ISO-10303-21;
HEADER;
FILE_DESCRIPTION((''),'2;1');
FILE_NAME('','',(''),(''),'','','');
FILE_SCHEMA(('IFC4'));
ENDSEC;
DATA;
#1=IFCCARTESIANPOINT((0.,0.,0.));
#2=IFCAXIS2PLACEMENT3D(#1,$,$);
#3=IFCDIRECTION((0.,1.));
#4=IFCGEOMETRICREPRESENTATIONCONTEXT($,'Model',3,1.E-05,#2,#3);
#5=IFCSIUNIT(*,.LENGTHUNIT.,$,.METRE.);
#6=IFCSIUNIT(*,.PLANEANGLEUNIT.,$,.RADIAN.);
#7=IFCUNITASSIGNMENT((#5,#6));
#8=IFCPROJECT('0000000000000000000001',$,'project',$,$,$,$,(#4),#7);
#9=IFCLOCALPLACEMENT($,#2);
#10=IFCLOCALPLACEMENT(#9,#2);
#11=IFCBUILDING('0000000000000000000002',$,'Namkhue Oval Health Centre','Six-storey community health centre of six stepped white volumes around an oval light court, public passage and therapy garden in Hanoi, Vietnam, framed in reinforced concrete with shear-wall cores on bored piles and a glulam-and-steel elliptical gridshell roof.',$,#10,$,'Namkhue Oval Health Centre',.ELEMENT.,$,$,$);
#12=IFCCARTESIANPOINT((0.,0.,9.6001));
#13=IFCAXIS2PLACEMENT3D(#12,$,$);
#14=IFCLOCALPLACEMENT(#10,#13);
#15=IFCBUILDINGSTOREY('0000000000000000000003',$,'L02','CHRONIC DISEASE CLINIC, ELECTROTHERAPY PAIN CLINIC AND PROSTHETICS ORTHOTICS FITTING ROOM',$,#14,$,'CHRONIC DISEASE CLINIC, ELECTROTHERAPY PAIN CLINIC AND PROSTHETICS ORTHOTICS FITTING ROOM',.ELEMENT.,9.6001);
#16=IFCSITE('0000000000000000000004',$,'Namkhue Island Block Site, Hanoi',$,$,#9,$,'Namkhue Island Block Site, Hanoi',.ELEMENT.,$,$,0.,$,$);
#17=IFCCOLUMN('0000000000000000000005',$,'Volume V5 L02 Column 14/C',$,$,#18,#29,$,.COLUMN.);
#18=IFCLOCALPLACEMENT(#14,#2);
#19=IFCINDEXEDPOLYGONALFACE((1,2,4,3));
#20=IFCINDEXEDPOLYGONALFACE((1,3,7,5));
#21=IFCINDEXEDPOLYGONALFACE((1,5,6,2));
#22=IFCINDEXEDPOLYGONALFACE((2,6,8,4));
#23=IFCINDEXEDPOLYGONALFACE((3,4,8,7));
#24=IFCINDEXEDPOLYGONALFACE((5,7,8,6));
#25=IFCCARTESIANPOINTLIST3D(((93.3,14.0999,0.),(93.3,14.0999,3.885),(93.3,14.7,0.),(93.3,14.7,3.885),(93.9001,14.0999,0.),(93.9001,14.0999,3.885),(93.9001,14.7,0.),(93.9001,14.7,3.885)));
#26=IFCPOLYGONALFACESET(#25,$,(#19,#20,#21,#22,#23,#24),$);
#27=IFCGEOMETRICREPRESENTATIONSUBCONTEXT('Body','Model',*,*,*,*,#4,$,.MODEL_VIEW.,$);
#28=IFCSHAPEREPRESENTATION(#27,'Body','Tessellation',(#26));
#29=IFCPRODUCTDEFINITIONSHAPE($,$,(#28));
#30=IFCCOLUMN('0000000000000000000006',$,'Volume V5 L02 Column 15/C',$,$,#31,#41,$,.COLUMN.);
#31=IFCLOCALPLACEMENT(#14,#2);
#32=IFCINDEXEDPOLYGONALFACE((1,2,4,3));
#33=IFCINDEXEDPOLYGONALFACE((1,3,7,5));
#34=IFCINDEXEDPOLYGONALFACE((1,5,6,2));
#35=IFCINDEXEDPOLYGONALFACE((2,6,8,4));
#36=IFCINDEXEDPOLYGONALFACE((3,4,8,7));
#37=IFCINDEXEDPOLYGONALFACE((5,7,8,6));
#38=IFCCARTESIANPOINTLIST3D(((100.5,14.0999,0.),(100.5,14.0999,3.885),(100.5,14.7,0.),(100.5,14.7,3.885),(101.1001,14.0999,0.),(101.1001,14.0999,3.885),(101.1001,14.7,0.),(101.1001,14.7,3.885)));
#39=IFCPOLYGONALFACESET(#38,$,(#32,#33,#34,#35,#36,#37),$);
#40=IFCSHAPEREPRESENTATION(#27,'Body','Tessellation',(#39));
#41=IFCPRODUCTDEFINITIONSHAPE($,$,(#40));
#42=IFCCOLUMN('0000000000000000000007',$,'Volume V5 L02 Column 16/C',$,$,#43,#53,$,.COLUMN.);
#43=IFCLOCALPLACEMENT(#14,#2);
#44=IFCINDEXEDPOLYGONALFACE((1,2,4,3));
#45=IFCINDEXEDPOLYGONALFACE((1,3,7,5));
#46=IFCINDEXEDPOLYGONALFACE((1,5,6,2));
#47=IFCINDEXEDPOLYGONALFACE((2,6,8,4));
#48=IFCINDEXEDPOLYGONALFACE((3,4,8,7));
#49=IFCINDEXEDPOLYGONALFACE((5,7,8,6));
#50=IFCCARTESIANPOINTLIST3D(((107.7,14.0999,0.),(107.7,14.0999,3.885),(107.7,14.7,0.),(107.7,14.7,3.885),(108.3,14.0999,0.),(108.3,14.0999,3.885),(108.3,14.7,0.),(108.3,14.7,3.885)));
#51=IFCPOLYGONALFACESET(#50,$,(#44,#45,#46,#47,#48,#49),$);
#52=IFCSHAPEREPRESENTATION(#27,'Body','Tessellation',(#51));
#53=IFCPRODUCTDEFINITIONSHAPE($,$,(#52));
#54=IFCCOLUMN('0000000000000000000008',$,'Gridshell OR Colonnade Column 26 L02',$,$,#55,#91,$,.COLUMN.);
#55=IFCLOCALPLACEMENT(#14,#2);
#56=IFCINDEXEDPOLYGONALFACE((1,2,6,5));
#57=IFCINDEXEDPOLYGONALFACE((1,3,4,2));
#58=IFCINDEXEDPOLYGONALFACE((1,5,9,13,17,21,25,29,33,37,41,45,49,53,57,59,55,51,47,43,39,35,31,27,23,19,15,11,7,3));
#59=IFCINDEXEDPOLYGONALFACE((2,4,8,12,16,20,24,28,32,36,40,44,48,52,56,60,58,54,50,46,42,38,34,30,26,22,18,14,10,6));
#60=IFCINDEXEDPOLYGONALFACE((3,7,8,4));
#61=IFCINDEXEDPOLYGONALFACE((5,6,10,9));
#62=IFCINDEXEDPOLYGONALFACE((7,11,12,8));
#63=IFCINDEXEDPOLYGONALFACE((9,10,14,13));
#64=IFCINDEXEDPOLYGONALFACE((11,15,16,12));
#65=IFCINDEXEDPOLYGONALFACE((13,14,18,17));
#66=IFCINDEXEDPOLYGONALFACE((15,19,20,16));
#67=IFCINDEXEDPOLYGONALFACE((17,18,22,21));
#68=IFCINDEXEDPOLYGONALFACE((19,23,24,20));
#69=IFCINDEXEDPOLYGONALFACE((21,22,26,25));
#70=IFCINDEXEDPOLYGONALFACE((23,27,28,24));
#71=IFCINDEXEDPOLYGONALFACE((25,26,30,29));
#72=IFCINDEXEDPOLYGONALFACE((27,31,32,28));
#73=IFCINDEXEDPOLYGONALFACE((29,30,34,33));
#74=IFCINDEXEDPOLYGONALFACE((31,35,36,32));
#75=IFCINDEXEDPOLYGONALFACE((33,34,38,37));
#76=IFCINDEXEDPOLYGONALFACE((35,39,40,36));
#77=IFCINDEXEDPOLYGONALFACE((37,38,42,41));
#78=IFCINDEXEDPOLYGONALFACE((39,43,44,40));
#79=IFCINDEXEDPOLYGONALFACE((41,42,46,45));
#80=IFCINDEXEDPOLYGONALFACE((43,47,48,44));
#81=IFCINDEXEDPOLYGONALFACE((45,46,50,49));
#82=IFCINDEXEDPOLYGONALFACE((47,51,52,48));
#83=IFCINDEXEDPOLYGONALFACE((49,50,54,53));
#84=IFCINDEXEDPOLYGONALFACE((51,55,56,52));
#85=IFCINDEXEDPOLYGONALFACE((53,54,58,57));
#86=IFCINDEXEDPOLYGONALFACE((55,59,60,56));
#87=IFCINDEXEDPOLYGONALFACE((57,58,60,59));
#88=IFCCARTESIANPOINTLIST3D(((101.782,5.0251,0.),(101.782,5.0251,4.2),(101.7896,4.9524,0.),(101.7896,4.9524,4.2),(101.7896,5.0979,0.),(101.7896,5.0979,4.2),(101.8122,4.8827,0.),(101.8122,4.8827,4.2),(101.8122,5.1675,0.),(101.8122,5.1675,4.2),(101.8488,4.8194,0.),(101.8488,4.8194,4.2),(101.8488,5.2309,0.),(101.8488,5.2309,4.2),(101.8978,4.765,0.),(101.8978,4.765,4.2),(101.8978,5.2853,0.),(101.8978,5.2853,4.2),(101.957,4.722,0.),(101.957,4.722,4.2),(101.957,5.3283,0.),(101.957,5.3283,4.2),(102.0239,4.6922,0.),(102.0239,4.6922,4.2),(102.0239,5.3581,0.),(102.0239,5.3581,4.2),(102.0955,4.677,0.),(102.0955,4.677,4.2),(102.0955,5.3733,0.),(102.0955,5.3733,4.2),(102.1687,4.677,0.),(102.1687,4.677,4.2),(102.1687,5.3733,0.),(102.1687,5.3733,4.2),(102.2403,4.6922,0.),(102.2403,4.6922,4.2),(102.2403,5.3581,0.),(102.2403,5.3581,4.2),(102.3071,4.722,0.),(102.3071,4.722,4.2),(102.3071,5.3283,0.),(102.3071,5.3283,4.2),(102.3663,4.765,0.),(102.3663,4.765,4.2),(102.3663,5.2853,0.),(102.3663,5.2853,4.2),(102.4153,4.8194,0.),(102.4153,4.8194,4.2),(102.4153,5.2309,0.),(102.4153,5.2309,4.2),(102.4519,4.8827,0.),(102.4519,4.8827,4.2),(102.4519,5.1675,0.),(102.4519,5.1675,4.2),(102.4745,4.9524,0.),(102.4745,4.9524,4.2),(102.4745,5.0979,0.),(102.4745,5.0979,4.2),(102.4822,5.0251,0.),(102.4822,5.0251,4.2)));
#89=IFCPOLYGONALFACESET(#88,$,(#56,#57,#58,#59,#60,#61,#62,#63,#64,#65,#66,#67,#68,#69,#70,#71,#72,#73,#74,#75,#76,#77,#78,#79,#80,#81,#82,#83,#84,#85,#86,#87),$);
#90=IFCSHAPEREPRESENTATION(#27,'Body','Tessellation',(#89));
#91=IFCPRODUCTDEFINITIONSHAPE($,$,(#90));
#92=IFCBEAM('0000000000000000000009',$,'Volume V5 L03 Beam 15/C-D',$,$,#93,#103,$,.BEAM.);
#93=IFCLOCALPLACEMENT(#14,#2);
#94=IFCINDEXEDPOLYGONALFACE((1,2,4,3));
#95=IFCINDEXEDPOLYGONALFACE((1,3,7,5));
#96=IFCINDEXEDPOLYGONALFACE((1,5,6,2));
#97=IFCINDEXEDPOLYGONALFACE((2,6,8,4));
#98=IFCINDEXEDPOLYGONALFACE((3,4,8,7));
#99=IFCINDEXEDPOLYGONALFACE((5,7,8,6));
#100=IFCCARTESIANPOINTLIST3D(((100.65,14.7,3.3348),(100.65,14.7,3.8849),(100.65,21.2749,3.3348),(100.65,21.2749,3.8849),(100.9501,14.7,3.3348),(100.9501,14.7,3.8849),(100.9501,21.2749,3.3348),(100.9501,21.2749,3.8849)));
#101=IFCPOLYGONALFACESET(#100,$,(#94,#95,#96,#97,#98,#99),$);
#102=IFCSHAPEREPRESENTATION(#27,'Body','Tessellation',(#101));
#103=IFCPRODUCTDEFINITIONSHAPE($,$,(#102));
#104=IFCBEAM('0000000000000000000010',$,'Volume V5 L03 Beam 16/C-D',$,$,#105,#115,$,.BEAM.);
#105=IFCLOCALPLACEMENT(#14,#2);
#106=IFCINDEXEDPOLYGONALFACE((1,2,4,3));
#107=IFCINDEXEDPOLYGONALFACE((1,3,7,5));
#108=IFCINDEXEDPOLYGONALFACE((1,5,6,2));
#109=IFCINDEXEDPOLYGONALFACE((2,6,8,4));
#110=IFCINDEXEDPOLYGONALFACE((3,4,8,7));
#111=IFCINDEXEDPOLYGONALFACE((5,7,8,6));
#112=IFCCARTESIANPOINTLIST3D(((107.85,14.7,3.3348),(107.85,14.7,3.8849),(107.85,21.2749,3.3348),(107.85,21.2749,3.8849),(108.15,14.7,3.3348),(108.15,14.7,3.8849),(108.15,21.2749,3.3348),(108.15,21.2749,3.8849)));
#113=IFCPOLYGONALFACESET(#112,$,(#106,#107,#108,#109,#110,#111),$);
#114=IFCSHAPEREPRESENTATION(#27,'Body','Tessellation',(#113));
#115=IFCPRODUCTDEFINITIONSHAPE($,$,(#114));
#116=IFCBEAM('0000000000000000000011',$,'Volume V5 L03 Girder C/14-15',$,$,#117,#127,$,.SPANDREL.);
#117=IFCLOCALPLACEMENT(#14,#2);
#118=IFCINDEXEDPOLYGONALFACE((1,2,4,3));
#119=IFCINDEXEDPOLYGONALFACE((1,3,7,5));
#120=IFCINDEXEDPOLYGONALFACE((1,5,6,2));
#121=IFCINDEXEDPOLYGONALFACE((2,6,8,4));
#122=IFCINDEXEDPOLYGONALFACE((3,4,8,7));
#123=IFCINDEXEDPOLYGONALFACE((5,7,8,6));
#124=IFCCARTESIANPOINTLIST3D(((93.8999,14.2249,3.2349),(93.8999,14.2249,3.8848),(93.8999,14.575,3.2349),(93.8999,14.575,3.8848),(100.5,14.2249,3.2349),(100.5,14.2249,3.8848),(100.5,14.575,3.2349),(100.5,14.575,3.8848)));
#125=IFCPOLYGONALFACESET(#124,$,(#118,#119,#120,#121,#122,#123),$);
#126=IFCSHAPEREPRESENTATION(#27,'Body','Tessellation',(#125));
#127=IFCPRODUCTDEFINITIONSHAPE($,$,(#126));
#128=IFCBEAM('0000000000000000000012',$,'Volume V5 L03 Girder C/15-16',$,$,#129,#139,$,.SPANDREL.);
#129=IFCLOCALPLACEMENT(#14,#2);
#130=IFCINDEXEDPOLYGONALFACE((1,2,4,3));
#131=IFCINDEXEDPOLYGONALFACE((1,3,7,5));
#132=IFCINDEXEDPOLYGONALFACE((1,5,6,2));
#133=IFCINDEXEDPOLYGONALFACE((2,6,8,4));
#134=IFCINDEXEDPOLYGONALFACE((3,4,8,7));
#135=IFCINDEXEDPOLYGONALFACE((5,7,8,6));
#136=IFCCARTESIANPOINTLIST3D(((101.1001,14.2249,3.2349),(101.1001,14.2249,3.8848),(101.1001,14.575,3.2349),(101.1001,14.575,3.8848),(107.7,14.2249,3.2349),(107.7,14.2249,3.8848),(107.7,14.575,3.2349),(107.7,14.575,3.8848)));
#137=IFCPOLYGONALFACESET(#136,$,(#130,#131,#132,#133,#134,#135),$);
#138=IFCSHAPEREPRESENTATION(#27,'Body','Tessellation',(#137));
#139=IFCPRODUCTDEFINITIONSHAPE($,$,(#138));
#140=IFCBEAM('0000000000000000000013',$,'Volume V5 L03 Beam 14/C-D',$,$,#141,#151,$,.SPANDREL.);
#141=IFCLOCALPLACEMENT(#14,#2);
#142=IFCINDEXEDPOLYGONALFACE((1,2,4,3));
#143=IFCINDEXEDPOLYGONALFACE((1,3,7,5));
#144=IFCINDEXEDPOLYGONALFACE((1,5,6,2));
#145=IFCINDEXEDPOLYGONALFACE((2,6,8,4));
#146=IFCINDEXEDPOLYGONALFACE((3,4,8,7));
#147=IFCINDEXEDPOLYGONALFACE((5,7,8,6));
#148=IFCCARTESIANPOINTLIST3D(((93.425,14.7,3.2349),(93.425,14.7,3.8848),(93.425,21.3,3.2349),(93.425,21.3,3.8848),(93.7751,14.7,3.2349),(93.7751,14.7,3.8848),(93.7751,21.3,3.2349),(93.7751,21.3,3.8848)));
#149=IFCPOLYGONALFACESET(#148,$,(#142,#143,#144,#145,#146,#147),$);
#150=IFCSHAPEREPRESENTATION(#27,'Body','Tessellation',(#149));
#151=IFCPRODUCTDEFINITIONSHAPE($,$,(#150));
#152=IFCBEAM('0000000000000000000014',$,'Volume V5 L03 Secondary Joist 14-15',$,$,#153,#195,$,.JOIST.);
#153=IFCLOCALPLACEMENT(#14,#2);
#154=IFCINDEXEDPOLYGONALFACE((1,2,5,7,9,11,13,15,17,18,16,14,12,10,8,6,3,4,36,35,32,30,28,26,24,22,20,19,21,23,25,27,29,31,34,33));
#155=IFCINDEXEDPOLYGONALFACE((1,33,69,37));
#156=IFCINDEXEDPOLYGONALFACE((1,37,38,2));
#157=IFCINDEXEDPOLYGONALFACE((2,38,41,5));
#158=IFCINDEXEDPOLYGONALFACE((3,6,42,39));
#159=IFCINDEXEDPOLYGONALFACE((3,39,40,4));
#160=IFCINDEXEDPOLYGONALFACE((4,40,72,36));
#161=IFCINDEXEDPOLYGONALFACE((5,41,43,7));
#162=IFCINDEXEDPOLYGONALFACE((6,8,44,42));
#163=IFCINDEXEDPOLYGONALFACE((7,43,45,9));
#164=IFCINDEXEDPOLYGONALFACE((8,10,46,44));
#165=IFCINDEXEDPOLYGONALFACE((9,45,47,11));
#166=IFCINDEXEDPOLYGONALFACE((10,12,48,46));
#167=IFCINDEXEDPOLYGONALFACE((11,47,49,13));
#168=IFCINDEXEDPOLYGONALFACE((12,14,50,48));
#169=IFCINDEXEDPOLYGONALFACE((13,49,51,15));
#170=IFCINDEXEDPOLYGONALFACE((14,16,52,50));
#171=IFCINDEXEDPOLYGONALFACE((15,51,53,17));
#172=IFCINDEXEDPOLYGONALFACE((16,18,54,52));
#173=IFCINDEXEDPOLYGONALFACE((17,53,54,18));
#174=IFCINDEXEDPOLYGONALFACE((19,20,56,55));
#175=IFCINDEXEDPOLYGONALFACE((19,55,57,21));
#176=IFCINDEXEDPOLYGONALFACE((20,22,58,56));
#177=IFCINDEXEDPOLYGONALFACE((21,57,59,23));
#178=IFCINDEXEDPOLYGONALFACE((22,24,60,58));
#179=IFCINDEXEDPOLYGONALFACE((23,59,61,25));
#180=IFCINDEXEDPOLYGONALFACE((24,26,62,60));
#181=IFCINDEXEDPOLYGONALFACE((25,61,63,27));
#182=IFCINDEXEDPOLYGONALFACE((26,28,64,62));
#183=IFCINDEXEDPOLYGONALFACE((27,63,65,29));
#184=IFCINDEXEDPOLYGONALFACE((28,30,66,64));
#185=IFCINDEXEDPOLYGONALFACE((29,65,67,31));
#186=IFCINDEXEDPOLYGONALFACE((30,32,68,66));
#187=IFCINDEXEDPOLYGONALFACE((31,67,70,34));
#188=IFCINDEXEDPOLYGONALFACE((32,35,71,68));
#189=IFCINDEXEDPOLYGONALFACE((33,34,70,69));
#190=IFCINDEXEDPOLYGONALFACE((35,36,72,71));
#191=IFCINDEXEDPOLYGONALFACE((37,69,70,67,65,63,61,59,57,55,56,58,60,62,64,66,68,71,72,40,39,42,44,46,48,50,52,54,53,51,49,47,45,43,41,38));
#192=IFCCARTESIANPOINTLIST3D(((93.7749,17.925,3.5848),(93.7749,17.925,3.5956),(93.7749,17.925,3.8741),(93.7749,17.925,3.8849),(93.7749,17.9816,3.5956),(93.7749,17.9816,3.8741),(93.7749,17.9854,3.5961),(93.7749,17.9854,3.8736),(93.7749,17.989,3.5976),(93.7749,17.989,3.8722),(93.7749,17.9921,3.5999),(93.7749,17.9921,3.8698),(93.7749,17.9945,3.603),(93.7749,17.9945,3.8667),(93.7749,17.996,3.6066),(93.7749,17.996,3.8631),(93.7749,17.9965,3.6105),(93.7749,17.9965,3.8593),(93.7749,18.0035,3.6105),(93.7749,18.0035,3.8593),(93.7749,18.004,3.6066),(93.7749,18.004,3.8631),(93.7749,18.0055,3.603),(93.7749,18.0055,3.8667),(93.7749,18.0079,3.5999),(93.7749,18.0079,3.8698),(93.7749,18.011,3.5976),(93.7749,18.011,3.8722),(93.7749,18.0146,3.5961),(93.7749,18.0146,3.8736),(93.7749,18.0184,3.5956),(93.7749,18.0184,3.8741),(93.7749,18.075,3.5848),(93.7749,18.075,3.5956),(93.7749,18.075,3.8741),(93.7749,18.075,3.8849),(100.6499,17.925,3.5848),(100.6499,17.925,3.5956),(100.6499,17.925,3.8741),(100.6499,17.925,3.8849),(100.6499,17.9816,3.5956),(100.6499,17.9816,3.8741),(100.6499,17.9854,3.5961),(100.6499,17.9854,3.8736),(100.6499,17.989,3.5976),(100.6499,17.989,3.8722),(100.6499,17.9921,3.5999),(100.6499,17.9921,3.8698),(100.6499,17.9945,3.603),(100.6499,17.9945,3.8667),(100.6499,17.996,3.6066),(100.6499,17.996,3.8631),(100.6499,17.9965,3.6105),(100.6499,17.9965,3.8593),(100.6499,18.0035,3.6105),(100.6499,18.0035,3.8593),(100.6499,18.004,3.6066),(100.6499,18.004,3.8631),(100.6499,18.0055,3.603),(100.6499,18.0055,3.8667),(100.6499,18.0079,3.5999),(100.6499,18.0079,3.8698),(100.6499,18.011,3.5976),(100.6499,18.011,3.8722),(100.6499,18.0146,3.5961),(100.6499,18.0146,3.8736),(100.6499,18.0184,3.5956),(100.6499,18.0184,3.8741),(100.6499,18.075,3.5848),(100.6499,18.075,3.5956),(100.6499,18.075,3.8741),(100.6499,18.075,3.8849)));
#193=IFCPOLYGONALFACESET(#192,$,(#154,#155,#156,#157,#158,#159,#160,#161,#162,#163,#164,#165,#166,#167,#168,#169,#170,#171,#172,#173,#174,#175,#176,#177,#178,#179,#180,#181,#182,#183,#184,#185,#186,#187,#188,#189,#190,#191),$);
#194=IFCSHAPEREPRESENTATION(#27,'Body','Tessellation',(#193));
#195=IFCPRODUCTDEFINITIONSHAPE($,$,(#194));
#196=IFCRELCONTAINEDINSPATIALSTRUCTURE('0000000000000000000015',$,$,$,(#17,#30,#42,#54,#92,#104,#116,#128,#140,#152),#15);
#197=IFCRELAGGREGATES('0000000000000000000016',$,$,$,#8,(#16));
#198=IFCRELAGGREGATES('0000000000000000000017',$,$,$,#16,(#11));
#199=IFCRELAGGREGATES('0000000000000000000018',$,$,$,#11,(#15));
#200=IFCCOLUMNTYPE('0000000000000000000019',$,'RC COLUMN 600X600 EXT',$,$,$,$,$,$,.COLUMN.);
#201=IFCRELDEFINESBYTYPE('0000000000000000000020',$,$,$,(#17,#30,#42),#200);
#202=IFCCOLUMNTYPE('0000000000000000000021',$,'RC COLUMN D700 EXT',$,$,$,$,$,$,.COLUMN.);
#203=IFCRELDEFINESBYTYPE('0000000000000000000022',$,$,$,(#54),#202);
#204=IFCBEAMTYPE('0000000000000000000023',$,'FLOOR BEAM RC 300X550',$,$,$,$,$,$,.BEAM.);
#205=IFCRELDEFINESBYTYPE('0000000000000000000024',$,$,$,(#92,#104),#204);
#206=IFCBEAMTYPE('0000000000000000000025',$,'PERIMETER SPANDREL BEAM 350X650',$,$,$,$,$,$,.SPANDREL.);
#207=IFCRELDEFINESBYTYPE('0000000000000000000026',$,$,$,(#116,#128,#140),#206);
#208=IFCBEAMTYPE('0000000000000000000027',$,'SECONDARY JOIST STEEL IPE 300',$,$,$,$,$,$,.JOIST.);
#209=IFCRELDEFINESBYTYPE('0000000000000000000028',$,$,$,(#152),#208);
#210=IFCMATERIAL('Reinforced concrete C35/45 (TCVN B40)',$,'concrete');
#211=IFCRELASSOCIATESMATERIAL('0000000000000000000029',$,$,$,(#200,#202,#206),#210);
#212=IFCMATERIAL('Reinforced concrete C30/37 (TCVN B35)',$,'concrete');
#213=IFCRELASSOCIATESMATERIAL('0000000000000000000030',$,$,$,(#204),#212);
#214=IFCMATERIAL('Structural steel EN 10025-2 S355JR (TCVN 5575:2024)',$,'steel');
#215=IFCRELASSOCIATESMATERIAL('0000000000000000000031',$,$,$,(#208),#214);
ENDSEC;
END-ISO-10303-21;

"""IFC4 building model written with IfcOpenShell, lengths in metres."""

from ifc_helpers import new_model, si_unit, direction, frame, origin, origin_2d, place, context, subcontext, project, spatial, rectangle, circle, i_section, extrude, material, material_profile, profile_set, type_object, element, save


model = new_model("IFC4")

# Units and contexts
model_context = context("Model", 3, precision=1e-05, world=origin(), true_north=direction((0.0, 1.0)))
body_context = subcontext(model_context, "Body", "Model", "MODEL_VIEW")
ifc_project = project(units=[si_unit("LENGTHUNIT", "METRE"), si_unit("PLANEANGLEUNIT", "RADIAN")], contexts=[model_context])

# Site, building, storey
site_placement = place(None, origin())
site = spatial("IfcSite", under=ifc_project, at=site_placement, Name="Namkhue Island Block Site, Hanoi", LongName="Namkhue Island Block Site, Hanoi", CompositionType="ELEMENT", RefElevation=0.0)
building_placement = place(site_placement, origin())
building = spatial("IfcBuilding", under=site, at=building_placement, Name="Namkhue Oval Health Centre", Description="Six-storey community health centre of six stepped white volumes around an oval light court, public passage and therapy garden in Hanoi, Vietnam, framed in reinforced concrete with shear-wall cores on bored piles and a glulam-and-steel elliptical gridshell roof.", LongName="Namkhue Oval Health Centre", CompositionType="ELEMENT")
storey_placement = place(building_placement, frame((0.0, 0.0, 9.6001)))
storey = spatial("IfcBuildingStorey", under=building, at=storey_placement, Name="L02", Description="CHRONIC DISEASE CLINIC, ELECTROTHERAPY PAIN CLINIC AND PROSTHETICS ORTHOTICS FITTING ROOM", LongName="CHRONIC DISEASE CLINIC, ELECTROTHERAPY PAIN CLINIC AND PROSTHETICS ORTHOTICS FITTING ROOM", CompositionType="ELEMENT", Elevation=9.6001)

# Columns
ifc_material_1 = material(Name="Reinforced concrete C35/45 (TCVN B40)", Category="concrete")
ifc_material_profile_1 = material_profile(ifc_material_1, rectangle(XDim=0.6001, YDim=0.6001, at=origin_2d()), Name="RC 600x600")
ifc_profile_set_1 = profile_set([ifc_material_profile_1], Name="Reinforced concrete C35/45 (TCVN B40)")
column_type_1 = type_object("IfcColumnType", Name="RC COLUMN 600X600 EXT", PredefinedType="COLUMN", material=ifc_profile_set_1)
for number, where, z_axis, x_axis, name in (
    (1, (93.6001, 14.3999, 0.0), (0.0, 0.0, 1.0), (1.0, 0.0, 0.0), "Volume V5 L02 Column 14/C"),
    (2, (100.8, 14.3999, 0.0), (0.0, 0.0, 1.0), (1.0, 0.0, 0.0), "Volume V5 L02 Column 15/C"),
    (3, (108.0, 14.3999, 0.0), (0.0, 0.0, 1.0), (1.0, 0.0, 0.0), "Volume V5 L02 Column 16/C"),
):
    element("IfcColumn", number, at=place(storey_placement, frame(where, z_axis=z_axis, x_axis=x_axis)), inside=storey, type_object=column_type_1, Name=name, PredefinedType="COLUMN", context=body_context, shape_type="SweptSolid", body=[
        extrude(rectangle(XDim=0.6001, YDim=0.6001, at=origin_2d()), origin(), (0.0, 0.0, 1.0), 3.885),
    ])
ifc_material_profile_2 = material_profile(ifc_material_1, circle(Radius=0.3501, at=origin_2d()), Name="RC D700")
ifc_profile_set_2 = profile_set([ifc_material_profile_2], Name="Reinforced concrete C35/45 (TCVN B40)")
column_type_2 = type_object("IfcColumnType", Name="RC COLUMN D700 EXT", PredefinedType="COLUMN", material=ifc_profile_set_2)
column_placement = place(storey_placement, frame((102.1321, 5.0251, 0.0), z_axis=(0.0, 0.0, 1.0), x_axis=(1.0, 0.0, 0.0)))
element("IfcColumn", 4, at=column_placement, inside=storey, type_object=column_type_2, Name="Gridshell OR Colonnade Column 26 L02", PredefinedType="COLUMN", context=body_context, shape_type="SweptSolid", body=[
    extrude(circle(Radius=0.3501, at=origin_2d()), origin(), (0.0, 0.0, 1.0), 4.2),
])

# Beams
ifc_material_2 = material(Name="Reinforced concrete C30/37 (TCVN B35)", Category="concrete")
ifc_material_profile_3 = material_profile(ifc_material_2, rectangle(XDim=0.3, YDim=0.55, at=origin_2d()), Name="RC 300x550")
ifc_profile_set_3 = profile_set([ifc_material_profile_3], Name="Reinforced concrete C30/37 (TCVN B35)")
beam_type_1 = type_object("IfcBeamType", Name="FLOOR BEAM RC 300X550", PredefinedType="BEAM", material=ifc_profile_set_3)
for number, where, z_axis, x_axis, name in (
    (5, (100.8, 14.7, 3.6099), (0.0, 1.0, 0.0), (-1.0, 0.0, 0.0), "Volume V5 L03 Beam 15/C-D"),
    (6, (108.0, 14.7, 3.6099), (0.0, 1.0, 0.0), (-1.0, 0.0, 0.0), "Volume V5 L03 Beam 16/C-D"),
):
    element("IfcBeam", number, at=place(storey_placement, frame(where, z_axis=z_axis, x_axis=x_axis)), inside=storey, type_object=beam_type_1, Name=name, PredefinedType="BEAM", context=body_context, shape_type="SweptSolid", body=[
        extrude(rectangle(XDim=0.3, YDim=0.55, at=origin_2d()), origin(), (0.0, 0.0, 1.0), 6.575),
    ])
ifc_material_profile_4 = material_profile(ifc_material_1, rectangle(XDim=0.3501, YDim=0.6499, at=origin_2d()), Name="RC 350x650")
ifc_profile_set_4 = profile_set([ifc_material_profile_4], Name="Reinforced concrete C35/45 (TCVN B40)")
beam_type_2 = type_object("IfcBeamType", Name="PERIMETER SPANDREL BEAM 350X650", PredefinedType="SPANDREL", material=ifc_profile_set_4)
beam_1_placement = place(storey_placement, frame((93.8999, 14.3999, 3.5598), z_axis=(1.0, 0.0, 0.0), x_axis=(0.0, 1.0, 0.0)))
element("IfcBeam", 7, at=beam_1_placement, inside=storey, type_object=beam_type_2, Name="Volume V5 L03 Girder C/14-15", PredefinedType="SPANDREL", context=body_context, shape_type="SweptSolid", body=[
    extrude(rectangle(XDim=0.3501, YDim=0.6499, at=origin_2d()), origin(), (0.0, 0.0, 1.0), 6.6001),
])
beam_2_placement = place(storey_placement, frame((101.1001, 14.3999, 3.5598), z_axis=(1.0, 0.0, 0.0), x_axis=(0.0, 1.0, 0.0)))
element("IfcBeam", 8, at=beam_2_placement, inside=storey, type_object=beam_type_2, Name="Volume V5 L03 Girder C/15-16", PredefinedType="SPANDREL", context=body_context, shape_type="SweptSolid", body=[
    extrude(rectangle(XDim=0.3501, YDim=0.6499, at=origin_2d()), origin(), (0.0, 0.0, 1.0), 6.5999),
])
beam_3_placement = place(storey_placement, frame((93.6001, 14.7, 3.5598), z_axis=(0.0, 1.0, 0.0), x_axis=(-1.0, 0.0, 0.0)))
element("IfcBeam", 9, at=beam_3_placement, inside=storey, type_object=beam_type_2, Name="Volume V5 L03 Beam 14/C-D", PredefinedType="SPANDREL", context=body_context, shape_type="SweptSolid", body=[
    extrude(rectangle(XDim=0.3501, YDim=0.6499, at=origin_2d()), origin(), (0.0, 0.0, 1.0), 6.6001),
])
ifc_material_3 = material(Name="Structural steel EN 10025-2 S355JR (TCVN 5575:2024)", Category="steel")
ifc_material_profile_5 = material_profile(ifc_material_3, i_section(OverallWidth=0.1499, OverallDepth=0.3, WebThickness=0.0071, FlangeThickness=0.0107, FilletRadius=0.0149, at=origin_2d()), Name="IPE 300")
ifc_profile_set_5 = profile_set([ifc_material_profile_5], Name="Structural steel EN 10025-2 S355JR (TCVN 5575:2024)")
beam_type_3 = type_object("IfcBeamType", Name="SECONDARY JOIST STEEL IPE 300", PredefinedType="JOIST", material=ifc_profile_set_5)
beam_4_placement = place(storey_placement, frame((93.7749, 18.0, 3.7349), z_axis=(1.0, 0.0, 0.0), x_axis=(0.0, 1.0, 0.0)))
element("IfcBeam", 10, at=beam_4_placement, inside=storey, type_object=beam_type_3, Name="Volume V5 L03 Secondary Joist 14-15", PredefinedType="JOIST", context=body_context, shape_type="SweptSolid", body=[
    extrude(i_section(OverallWidth=0.1499, OverallDepth=0.3, WebThickness=0.0071, FlangeThickness=0.0107, FilletRadius=0.0149, at=origin_2d()), origin(), (0.0, 0.0, 1.0), 6.875),
])

save(model, "model.ifc")
